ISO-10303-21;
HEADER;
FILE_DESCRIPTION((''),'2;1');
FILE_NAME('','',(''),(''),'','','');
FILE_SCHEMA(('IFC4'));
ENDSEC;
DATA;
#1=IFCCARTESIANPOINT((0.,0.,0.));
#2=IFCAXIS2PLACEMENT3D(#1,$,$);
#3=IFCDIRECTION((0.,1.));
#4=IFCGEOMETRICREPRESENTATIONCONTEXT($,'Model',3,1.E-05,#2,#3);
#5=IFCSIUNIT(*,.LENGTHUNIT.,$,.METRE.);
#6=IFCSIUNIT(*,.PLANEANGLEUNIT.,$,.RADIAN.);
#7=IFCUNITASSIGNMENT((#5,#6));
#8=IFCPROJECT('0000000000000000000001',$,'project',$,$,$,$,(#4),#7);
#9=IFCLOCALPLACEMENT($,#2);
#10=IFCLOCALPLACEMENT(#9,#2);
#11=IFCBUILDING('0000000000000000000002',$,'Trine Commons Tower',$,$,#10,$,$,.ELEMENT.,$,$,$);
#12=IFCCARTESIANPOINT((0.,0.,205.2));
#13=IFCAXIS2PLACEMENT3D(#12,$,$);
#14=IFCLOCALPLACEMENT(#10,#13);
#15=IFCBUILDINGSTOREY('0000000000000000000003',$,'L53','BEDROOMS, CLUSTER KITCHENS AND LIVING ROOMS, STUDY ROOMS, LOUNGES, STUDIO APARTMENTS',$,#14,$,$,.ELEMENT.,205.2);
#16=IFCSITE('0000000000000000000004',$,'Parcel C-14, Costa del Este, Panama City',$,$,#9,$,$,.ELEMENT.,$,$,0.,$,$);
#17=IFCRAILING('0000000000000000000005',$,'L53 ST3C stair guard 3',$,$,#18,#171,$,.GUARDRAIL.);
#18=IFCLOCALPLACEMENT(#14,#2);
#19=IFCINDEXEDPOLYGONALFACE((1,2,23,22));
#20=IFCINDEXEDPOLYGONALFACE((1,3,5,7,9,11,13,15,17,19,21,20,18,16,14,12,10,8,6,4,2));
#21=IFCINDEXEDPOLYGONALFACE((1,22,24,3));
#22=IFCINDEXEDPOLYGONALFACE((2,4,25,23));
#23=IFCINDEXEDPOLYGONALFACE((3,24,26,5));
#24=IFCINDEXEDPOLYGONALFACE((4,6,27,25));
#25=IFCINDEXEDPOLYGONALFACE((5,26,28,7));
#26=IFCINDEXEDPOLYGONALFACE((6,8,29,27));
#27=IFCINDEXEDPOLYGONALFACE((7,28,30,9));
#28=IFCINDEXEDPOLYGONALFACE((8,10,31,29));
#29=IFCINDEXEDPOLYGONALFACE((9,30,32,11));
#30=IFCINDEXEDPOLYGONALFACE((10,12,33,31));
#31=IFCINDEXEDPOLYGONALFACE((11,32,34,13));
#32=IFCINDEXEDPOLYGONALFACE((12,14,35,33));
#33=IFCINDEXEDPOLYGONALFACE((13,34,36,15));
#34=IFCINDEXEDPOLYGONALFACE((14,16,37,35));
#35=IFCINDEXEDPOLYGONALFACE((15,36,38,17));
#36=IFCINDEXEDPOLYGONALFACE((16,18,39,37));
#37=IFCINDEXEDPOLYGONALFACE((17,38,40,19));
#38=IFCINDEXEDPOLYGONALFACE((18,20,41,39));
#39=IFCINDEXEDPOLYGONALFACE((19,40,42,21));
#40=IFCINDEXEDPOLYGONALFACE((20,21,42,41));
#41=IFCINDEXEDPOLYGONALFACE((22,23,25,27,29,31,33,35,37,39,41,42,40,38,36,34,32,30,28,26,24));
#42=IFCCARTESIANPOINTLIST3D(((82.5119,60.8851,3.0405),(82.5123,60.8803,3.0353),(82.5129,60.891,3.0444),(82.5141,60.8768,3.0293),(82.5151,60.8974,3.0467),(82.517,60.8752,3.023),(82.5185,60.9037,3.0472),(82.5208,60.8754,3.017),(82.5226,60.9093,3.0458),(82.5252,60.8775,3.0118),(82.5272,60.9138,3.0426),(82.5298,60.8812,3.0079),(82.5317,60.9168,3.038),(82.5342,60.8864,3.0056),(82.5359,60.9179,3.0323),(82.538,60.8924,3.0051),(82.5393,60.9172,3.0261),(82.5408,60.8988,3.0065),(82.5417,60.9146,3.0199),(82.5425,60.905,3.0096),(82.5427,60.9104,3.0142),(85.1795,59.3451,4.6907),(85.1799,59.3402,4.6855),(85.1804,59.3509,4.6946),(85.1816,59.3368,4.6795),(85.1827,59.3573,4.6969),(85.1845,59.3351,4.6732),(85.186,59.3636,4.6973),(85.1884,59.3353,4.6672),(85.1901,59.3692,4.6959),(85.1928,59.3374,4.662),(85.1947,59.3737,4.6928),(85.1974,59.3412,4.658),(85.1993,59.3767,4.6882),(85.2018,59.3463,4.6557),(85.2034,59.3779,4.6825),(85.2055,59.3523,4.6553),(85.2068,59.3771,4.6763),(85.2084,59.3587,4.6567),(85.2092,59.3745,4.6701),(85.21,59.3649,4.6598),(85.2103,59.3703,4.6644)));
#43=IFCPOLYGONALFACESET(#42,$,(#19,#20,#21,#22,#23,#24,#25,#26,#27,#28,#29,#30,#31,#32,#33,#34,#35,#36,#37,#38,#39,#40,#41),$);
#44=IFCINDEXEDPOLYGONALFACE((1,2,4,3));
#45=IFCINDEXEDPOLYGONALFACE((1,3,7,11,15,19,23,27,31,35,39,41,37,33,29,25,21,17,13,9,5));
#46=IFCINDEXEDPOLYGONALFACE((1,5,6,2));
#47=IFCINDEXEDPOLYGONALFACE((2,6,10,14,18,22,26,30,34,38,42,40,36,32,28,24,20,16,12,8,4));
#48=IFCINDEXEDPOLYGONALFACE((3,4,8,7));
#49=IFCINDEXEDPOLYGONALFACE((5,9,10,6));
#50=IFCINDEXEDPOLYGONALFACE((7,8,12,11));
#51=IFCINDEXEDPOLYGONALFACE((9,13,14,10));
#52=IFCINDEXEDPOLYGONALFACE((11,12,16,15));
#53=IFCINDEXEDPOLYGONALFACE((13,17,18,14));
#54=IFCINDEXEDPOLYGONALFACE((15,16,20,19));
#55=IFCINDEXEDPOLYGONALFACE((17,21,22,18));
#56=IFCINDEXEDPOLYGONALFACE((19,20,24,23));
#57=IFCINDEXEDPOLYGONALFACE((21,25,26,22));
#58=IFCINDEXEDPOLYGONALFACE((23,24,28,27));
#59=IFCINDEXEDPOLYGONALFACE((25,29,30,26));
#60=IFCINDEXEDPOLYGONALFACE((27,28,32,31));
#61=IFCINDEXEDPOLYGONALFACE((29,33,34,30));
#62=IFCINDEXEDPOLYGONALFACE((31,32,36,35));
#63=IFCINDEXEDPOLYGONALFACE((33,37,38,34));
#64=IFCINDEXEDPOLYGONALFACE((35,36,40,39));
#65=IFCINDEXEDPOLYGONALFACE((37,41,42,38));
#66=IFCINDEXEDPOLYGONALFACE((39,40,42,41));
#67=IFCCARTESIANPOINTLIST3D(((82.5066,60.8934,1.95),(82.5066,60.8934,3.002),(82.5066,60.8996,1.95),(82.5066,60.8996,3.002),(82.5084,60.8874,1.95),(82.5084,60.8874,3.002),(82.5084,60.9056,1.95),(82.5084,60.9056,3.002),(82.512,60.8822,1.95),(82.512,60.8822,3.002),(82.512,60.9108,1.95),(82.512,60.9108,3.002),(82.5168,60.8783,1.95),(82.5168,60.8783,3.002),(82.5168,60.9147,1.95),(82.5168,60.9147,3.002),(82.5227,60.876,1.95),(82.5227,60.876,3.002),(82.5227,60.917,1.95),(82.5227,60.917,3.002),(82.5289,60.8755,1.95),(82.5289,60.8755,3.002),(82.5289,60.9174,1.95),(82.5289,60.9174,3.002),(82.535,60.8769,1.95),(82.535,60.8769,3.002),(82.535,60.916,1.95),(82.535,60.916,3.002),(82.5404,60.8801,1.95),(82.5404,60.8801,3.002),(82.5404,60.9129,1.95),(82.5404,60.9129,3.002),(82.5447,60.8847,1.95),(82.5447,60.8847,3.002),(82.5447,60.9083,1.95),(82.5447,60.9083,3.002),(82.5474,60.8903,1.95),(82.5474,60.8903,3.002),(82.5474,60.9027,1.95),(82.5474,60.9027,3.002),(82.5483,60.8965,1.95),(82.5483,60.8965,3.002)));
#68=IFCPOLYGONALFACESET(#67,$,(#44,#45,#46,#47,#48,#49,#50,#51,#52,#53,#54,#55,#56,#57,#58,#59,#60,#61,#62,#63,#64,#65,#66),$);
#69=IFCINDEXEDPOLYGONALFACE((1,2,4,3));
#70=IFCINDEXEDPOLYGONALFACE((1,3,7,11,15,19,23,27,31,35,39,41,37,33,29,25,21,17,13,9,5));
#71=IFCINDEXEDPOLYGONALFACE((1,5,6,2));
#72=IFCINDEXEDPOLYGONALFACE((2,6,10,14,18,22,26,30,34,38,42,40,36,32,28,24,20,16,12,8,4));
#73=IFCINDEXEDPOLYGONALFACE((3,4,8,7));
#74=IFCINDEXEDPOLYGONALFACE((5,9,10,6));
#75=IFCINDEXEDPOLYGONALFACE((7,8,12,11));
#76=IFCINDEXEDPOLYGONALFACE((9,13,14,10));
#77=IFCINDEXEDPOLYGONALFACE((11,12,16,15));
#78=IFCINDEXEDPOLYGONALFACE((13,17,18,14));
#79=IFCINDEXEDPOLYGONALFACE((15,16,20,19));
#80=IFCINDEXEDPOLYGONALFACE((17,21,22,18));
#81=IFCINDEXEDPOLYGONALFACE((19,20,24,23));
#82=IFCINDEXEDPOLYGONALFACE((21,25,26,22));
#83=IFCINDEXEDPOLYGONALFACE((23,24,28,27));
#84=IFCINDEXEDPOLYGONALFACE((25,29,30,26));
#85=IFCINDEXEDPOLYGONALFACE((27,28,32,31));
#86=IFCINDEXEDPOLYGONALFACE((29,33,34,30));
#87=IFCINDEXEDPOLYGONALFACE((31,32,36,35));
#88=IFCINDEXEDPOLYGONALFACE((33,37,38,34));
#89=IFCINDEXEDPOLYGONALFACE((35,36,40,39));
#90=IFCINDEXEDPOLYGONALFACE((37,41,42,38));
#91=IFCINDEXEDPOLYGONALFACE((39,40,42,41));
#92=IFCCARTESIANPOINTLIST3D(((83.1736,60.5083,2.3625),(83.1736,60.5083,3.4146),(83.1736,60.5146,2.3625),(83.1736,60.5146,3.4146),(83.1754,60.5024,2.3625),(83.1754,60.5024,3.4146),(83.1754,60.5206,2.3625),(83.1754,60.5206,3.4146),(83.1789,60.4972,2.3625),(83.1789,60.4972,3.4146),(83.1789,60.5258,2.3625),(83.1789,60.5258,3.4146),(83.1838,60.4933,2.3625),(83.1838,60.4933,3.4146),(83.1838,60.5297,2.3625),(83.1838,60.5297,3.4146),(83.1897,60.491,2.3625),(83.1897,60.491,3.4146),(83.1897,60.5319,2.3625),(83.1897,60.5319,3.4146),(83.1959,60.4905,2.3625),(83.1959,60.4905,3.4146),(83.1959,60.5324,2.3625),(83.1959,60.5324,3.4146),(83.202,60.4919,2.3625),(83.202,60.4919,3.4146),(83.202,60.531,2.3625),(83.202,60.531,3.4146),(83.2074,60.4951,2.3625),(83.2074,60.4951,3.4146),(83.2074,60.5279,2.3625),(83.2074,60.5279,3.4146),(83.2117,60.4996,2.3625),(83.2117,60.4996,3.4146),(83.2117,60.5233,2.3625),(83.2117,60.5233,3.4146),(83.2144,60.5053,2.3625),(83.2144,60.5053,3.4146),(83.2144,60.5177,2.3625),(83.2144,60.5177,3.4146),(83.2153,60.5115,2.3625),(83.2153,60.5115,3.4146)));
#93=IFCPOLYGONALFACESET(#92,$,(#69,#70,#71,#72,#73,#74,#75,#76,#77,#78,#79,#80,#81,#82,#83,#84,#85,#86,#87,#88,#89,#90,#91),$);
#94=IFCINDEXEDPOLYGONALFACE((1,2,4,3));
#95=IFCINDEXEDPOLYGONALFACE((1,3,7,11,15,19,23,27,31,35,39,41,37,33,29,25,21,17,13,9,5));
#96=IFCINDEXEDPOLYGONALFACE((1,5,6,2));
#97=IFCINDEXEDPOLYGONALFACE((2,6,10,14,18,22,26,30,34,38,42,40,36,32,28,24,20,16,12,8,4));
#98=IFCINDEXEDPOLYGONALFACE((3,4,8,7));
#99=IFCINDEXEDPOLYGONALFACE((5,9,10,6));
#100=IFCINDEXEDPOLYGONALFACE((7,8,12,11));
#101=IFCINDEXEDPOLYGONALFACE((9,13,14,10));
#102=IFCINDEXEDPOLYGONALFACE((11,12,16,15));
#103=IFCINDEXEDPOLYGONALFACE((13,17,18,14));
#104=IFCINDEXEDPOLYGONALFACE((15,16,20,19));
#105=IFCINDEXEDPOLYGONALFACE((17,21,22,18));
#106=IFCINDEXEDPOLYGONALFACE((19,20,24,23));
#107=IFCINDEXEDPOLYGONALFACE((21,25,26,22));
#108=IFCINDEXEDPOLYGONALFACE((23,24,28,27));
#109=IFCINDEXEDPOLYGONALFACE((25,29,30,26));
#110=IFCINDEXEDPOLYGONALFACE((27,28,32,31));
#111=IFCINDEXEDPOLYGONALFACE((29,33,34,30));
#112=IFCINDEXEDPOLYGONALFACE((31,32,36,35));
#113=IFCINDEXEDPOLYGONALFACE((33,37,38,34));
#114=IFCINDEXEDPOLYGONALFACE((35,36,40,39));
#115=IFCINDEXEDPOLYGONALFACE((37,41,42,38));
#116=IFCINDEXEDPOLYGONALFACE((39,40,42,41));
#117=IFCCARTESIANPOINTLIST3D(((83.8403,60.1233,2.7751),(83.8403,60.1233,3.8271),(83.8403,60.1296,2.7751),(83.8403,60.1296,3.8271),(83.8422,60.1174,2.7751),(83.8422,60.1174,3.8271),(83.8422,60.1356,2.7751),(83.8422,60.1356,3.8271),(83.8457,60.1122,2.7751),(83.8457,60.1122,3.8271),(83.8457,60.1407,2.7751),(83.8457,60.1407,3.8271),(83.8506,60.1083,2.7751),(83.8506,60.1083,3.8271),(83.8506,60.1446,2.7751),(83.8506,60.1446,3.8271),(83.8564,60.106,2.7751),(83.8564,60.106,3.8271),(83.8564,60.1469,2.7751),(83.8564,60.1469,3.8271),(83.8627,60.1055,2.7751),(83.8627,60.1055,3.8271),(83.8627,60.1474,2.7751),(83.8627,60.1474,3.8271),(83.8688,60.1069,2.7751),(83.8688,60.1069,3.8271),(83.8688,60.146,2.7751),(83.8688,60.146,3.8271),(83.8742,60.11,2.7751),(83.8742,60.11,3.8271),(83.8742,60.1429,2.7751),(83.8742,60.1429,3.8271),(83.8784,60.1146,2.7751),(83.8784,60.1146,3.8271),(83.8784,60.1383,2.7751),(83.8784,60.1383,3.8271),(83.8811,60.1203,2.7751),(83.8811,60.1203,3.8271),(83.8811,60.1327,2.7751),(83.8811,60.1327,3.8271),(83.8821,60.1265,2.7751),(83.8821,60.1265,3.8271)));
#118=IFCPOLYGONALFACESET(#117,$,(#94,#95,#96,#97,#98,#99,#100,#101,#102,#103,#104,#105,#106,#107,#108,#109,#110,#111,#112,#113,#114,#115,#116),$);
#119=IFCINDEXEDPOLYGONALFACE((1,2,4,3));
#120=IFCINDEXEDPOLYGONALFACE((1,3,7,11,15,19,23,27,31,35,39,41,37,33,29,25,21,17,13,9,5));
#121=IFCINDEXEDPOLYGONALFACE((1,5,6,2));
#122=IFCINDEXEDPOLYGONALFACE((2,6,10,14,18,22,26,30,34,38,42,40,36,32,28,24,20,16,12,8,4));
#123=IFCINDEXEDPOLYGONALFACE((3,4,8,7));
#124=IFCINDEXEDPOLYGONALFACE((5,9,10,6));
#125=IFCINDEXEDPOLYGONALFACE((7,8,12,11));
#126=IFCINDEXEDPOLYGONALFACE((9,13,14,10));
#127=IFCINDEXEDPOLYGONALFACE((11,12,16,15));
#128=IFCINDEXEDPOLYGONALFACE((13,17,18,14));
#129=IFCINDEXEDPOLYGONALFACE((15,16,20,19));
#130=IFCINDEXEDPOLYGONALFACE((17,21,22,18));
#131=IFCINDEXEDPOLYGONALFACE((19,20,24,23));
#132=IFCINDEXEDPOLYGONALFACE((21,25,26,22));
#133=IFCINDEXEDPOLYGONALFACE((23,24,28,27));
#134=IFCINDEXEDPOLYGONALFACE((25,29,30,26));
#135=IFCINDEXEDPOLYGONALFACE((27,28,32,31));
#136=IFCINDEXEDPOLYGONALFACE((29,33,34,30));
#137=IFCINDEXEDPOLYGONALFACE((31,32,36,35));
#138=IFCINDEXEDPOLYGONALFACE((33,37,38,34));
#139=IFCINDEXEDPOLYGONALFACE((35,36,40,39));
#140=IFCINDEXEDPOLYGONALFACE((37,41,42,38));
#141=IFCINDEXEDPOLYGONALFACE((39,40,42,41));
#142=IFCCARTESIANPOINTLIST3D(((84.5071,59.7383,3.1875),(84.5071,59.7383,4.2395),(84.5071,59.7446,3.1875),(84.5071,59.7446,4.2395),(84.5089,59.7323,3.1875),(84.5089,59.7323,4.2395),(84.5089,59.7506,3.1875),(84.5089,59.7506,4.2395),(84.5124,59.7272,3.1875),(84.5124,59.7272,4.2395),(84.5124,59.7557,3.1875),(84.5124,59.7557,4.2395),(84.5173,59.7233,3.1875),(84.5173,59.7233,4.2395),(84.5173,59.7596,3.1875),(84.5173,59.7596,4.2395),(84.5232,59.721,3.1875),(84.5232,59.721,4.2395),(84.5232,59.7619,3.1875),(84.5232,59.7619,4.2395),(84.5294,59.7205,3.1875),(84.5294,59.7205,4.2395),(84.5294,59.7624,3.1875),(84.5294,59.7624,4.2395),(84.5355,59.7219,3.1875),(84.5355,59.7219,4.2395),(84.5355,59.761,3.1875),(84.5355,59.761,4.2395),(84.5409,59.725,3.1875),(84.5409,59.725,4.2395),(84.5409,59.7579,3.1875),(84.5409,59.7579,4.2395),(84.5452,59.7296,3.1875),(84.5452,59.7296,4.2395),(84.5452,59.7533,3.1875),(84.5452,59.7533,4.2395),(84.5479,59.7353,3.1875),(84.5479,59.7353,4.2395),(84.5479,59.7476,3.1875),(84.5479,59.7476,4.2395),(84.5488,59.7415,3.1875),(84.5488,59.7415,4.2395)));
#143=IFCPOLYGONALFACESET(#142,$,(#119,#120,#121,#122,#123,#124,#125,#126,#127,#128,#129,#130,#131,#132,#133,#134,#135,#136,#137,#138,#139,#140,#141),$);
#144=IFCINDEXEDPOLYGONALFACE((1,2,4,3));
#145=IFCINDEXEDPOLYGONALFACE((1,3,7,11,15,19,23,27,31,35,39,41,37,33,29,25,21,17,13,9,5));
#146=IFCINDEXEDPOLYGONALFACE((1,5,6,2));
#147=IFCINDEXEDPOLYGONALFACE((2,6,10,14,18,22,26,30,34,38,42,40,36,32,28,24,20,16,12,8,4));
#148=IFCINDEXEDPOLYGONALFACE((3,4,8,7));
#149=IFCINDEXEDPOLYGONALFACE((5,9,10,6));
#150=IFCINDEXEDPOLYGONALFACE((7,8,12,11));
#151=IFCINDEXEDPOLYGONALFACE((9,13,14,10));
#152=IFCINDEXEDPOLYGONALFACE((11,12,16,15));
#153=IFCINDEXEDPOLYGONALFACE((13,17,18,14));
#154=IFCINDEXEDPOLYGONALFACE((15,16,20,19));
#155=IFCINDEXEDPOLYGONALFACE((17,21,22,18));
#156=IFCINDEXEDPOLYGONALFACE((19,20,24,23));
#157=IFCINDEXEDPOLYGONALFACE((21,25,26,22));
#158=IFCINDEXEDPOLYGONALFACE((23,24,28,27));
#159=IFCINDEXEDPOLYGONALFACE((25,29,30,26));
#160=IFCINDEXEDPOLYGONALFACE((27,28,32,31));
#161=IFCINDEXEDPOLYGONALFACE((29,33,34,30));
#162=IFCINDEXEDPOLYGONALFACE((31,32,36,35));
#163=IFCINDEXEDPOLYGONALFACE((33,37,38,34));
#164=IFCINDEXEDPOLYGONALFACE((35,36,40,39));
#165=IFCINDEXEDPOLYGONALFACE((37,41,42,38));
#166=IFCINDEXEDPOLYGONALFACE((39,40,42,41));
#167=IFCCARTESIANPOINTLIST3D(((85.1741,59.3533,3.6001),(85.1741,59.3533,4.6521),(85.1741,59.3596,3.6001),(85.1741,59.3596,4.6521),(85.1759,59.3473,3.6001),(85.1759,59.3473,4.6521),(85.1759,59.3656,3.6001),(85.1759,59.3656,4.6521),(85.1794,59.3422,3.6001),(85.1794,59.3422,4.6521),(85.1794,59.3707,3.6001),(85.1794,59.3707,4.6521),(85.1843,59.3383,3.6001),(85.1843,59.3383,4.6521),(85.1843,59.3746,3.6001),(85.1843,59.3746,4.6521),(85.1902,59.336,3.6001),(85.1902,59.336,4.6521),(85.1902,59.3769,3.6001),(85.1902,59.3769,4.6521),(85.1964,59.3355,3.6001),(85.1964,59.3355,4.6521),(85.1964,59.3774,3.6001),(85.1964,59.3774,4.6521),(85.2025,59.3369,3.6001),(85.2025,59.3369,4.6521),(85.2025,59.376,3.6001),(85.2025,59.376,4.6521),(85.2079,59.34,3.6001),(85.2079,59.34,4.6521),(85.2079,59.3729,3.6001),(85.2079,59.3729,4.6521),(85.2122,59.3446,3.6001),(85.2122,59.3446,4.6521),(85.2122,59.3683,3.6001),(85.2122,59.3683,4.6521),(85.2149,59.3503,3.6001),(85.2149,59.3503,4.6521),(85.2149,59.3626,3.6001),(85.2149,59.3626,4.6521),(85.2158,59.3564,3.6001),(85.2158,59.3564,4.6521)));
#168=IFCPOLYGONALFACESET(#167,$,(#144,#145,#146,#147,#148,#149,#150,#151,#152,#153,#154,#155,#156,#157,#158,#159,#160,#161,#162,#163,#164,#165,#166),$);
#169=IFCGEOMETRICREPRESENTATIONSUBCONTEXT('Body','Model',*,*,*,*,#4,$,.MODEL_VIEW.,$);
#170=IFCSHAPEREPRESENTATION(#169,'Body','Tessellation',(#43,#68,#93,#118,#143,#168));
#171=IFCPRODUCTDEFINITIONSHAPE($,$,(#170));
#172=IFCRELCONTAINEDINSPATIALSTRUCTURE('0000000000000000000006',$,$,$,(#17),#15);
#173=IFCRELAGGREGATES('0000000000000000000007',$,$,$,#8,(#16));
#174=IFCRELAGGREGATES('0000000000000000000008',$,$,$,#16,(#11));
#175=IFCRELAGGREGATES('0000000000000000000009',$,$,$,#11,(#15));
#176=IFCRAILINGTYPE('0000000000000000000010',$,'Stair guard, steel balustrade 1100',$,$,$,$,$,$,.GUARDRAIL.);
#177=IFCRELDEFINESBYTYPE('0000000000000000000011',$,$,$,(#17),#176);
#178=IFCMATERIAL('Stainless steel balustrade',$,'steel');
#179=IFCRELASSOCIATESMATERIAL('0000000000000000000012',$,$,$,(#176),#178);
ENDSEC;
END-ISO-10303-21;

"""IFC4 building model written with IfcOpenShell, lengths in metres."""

from ifc_helpers import new_model, si_unit, direction, frame, origin, origin_2d, place, context, subcontext, project, spatial, circle, extrude, material, type_object, element, save


model = new_model("IFC4")

# Units and contexts
model_context = context("Model", 3, precision=1e-05, world=origin(), true_north=direction((0.0, 1.0)))
body_context = subcontext(model_context, "Body", "Model", "MODEL_VIEW")
ifc_project = project(units=[si_unit("LENGTHUNIT", "METRE"), si_unit("PLANEANGLEUNIT", "RADIAN")], contexts=[model_context])

# Site, building, storey
site_placement = place(None, origin())
site = spatial("IfcSite", under=ifc_project, at=site_placement, Name="Parcel C-14, Costa del Este, Panama City", CompositionType="ELEMENT", RefElevation=0.0)
building_placement = place(site_placement, origin())
building = spatial("IfcBuilding", under=site, at=building_placement, Name="Trine Commons Tower", CompositionType="ELEMENT")
storey_placement = place(building_placement, frame((0.0, 0.0, 205.2)))
storey = spatial("IfcBuildingStorey", under=building, at=storey_placement, Name="L53", Description="BEDROOMS, CLUSTER KITCHENS AND LIVING ROOMS, STUDY ROOMS, LOUNGES, STUDIO APARTMENTS", CompositionType="ELEMENT", Elevation=205.2)

# Railing
ifc_material_1 = material(Name="Stainless steel balustrade", Category="steel")
railing_type_1 = type_object("IfcRailingType", Name="Stair guard, steel balustrade 1100", PredefinedType="GUARDRAIL", material=ifc_material_1)
railing_1_placement = place(storey_placement, frame((82.5273, 60.8965, 1.95)))
element("IfcRailing", 1, at=railing_1_placement, inside=storey, type_object=railing_type_1, Name="L53 ST3C stair guard 3", PredefinedType="GUARDRAIL", context=body_context, shape_type="SweptSolid", body=[
    extrude(circle(Radius=0.0239, at=origin_2d()), frame((0.0, 0.0, 1.0762), z_axis=(0.76338, -0.440728, 0.472239), x_axis=(0.499992, 0.86603, 0.0)), (0.0, 0.0, 1.0), 3.4944),
    extrude(circle(Radius=0.021, at=origin_2d()), origin(), (0.0, 0.0, 1.0), 1.052),
    extrude(circle(Radius=0.021, at=origin_2d()), frame((0.667, -0.385, 0.4126)), (0.0, 0.0, 1.0), 1.052),
    extrude(circle(Radius=0.021, at=origin_2d()), frame((1.3337, -0.77, 0.8252)), (0.0, 0.0, 1.0), 1.052),
    extrude(circle(Radius=0.021, at=origin_2d()), frame((2.0005, -1.155, 1.2375)), (0.0, 0.0, 1.0), 1.052),
    extrude(circle(Radius=0.021, at=origin_2d()), frame((2.6675, -1.54, 1.6501)), (0.0, 0.0, 1.0), 1.052),
])

save(model, "model.ifc")
